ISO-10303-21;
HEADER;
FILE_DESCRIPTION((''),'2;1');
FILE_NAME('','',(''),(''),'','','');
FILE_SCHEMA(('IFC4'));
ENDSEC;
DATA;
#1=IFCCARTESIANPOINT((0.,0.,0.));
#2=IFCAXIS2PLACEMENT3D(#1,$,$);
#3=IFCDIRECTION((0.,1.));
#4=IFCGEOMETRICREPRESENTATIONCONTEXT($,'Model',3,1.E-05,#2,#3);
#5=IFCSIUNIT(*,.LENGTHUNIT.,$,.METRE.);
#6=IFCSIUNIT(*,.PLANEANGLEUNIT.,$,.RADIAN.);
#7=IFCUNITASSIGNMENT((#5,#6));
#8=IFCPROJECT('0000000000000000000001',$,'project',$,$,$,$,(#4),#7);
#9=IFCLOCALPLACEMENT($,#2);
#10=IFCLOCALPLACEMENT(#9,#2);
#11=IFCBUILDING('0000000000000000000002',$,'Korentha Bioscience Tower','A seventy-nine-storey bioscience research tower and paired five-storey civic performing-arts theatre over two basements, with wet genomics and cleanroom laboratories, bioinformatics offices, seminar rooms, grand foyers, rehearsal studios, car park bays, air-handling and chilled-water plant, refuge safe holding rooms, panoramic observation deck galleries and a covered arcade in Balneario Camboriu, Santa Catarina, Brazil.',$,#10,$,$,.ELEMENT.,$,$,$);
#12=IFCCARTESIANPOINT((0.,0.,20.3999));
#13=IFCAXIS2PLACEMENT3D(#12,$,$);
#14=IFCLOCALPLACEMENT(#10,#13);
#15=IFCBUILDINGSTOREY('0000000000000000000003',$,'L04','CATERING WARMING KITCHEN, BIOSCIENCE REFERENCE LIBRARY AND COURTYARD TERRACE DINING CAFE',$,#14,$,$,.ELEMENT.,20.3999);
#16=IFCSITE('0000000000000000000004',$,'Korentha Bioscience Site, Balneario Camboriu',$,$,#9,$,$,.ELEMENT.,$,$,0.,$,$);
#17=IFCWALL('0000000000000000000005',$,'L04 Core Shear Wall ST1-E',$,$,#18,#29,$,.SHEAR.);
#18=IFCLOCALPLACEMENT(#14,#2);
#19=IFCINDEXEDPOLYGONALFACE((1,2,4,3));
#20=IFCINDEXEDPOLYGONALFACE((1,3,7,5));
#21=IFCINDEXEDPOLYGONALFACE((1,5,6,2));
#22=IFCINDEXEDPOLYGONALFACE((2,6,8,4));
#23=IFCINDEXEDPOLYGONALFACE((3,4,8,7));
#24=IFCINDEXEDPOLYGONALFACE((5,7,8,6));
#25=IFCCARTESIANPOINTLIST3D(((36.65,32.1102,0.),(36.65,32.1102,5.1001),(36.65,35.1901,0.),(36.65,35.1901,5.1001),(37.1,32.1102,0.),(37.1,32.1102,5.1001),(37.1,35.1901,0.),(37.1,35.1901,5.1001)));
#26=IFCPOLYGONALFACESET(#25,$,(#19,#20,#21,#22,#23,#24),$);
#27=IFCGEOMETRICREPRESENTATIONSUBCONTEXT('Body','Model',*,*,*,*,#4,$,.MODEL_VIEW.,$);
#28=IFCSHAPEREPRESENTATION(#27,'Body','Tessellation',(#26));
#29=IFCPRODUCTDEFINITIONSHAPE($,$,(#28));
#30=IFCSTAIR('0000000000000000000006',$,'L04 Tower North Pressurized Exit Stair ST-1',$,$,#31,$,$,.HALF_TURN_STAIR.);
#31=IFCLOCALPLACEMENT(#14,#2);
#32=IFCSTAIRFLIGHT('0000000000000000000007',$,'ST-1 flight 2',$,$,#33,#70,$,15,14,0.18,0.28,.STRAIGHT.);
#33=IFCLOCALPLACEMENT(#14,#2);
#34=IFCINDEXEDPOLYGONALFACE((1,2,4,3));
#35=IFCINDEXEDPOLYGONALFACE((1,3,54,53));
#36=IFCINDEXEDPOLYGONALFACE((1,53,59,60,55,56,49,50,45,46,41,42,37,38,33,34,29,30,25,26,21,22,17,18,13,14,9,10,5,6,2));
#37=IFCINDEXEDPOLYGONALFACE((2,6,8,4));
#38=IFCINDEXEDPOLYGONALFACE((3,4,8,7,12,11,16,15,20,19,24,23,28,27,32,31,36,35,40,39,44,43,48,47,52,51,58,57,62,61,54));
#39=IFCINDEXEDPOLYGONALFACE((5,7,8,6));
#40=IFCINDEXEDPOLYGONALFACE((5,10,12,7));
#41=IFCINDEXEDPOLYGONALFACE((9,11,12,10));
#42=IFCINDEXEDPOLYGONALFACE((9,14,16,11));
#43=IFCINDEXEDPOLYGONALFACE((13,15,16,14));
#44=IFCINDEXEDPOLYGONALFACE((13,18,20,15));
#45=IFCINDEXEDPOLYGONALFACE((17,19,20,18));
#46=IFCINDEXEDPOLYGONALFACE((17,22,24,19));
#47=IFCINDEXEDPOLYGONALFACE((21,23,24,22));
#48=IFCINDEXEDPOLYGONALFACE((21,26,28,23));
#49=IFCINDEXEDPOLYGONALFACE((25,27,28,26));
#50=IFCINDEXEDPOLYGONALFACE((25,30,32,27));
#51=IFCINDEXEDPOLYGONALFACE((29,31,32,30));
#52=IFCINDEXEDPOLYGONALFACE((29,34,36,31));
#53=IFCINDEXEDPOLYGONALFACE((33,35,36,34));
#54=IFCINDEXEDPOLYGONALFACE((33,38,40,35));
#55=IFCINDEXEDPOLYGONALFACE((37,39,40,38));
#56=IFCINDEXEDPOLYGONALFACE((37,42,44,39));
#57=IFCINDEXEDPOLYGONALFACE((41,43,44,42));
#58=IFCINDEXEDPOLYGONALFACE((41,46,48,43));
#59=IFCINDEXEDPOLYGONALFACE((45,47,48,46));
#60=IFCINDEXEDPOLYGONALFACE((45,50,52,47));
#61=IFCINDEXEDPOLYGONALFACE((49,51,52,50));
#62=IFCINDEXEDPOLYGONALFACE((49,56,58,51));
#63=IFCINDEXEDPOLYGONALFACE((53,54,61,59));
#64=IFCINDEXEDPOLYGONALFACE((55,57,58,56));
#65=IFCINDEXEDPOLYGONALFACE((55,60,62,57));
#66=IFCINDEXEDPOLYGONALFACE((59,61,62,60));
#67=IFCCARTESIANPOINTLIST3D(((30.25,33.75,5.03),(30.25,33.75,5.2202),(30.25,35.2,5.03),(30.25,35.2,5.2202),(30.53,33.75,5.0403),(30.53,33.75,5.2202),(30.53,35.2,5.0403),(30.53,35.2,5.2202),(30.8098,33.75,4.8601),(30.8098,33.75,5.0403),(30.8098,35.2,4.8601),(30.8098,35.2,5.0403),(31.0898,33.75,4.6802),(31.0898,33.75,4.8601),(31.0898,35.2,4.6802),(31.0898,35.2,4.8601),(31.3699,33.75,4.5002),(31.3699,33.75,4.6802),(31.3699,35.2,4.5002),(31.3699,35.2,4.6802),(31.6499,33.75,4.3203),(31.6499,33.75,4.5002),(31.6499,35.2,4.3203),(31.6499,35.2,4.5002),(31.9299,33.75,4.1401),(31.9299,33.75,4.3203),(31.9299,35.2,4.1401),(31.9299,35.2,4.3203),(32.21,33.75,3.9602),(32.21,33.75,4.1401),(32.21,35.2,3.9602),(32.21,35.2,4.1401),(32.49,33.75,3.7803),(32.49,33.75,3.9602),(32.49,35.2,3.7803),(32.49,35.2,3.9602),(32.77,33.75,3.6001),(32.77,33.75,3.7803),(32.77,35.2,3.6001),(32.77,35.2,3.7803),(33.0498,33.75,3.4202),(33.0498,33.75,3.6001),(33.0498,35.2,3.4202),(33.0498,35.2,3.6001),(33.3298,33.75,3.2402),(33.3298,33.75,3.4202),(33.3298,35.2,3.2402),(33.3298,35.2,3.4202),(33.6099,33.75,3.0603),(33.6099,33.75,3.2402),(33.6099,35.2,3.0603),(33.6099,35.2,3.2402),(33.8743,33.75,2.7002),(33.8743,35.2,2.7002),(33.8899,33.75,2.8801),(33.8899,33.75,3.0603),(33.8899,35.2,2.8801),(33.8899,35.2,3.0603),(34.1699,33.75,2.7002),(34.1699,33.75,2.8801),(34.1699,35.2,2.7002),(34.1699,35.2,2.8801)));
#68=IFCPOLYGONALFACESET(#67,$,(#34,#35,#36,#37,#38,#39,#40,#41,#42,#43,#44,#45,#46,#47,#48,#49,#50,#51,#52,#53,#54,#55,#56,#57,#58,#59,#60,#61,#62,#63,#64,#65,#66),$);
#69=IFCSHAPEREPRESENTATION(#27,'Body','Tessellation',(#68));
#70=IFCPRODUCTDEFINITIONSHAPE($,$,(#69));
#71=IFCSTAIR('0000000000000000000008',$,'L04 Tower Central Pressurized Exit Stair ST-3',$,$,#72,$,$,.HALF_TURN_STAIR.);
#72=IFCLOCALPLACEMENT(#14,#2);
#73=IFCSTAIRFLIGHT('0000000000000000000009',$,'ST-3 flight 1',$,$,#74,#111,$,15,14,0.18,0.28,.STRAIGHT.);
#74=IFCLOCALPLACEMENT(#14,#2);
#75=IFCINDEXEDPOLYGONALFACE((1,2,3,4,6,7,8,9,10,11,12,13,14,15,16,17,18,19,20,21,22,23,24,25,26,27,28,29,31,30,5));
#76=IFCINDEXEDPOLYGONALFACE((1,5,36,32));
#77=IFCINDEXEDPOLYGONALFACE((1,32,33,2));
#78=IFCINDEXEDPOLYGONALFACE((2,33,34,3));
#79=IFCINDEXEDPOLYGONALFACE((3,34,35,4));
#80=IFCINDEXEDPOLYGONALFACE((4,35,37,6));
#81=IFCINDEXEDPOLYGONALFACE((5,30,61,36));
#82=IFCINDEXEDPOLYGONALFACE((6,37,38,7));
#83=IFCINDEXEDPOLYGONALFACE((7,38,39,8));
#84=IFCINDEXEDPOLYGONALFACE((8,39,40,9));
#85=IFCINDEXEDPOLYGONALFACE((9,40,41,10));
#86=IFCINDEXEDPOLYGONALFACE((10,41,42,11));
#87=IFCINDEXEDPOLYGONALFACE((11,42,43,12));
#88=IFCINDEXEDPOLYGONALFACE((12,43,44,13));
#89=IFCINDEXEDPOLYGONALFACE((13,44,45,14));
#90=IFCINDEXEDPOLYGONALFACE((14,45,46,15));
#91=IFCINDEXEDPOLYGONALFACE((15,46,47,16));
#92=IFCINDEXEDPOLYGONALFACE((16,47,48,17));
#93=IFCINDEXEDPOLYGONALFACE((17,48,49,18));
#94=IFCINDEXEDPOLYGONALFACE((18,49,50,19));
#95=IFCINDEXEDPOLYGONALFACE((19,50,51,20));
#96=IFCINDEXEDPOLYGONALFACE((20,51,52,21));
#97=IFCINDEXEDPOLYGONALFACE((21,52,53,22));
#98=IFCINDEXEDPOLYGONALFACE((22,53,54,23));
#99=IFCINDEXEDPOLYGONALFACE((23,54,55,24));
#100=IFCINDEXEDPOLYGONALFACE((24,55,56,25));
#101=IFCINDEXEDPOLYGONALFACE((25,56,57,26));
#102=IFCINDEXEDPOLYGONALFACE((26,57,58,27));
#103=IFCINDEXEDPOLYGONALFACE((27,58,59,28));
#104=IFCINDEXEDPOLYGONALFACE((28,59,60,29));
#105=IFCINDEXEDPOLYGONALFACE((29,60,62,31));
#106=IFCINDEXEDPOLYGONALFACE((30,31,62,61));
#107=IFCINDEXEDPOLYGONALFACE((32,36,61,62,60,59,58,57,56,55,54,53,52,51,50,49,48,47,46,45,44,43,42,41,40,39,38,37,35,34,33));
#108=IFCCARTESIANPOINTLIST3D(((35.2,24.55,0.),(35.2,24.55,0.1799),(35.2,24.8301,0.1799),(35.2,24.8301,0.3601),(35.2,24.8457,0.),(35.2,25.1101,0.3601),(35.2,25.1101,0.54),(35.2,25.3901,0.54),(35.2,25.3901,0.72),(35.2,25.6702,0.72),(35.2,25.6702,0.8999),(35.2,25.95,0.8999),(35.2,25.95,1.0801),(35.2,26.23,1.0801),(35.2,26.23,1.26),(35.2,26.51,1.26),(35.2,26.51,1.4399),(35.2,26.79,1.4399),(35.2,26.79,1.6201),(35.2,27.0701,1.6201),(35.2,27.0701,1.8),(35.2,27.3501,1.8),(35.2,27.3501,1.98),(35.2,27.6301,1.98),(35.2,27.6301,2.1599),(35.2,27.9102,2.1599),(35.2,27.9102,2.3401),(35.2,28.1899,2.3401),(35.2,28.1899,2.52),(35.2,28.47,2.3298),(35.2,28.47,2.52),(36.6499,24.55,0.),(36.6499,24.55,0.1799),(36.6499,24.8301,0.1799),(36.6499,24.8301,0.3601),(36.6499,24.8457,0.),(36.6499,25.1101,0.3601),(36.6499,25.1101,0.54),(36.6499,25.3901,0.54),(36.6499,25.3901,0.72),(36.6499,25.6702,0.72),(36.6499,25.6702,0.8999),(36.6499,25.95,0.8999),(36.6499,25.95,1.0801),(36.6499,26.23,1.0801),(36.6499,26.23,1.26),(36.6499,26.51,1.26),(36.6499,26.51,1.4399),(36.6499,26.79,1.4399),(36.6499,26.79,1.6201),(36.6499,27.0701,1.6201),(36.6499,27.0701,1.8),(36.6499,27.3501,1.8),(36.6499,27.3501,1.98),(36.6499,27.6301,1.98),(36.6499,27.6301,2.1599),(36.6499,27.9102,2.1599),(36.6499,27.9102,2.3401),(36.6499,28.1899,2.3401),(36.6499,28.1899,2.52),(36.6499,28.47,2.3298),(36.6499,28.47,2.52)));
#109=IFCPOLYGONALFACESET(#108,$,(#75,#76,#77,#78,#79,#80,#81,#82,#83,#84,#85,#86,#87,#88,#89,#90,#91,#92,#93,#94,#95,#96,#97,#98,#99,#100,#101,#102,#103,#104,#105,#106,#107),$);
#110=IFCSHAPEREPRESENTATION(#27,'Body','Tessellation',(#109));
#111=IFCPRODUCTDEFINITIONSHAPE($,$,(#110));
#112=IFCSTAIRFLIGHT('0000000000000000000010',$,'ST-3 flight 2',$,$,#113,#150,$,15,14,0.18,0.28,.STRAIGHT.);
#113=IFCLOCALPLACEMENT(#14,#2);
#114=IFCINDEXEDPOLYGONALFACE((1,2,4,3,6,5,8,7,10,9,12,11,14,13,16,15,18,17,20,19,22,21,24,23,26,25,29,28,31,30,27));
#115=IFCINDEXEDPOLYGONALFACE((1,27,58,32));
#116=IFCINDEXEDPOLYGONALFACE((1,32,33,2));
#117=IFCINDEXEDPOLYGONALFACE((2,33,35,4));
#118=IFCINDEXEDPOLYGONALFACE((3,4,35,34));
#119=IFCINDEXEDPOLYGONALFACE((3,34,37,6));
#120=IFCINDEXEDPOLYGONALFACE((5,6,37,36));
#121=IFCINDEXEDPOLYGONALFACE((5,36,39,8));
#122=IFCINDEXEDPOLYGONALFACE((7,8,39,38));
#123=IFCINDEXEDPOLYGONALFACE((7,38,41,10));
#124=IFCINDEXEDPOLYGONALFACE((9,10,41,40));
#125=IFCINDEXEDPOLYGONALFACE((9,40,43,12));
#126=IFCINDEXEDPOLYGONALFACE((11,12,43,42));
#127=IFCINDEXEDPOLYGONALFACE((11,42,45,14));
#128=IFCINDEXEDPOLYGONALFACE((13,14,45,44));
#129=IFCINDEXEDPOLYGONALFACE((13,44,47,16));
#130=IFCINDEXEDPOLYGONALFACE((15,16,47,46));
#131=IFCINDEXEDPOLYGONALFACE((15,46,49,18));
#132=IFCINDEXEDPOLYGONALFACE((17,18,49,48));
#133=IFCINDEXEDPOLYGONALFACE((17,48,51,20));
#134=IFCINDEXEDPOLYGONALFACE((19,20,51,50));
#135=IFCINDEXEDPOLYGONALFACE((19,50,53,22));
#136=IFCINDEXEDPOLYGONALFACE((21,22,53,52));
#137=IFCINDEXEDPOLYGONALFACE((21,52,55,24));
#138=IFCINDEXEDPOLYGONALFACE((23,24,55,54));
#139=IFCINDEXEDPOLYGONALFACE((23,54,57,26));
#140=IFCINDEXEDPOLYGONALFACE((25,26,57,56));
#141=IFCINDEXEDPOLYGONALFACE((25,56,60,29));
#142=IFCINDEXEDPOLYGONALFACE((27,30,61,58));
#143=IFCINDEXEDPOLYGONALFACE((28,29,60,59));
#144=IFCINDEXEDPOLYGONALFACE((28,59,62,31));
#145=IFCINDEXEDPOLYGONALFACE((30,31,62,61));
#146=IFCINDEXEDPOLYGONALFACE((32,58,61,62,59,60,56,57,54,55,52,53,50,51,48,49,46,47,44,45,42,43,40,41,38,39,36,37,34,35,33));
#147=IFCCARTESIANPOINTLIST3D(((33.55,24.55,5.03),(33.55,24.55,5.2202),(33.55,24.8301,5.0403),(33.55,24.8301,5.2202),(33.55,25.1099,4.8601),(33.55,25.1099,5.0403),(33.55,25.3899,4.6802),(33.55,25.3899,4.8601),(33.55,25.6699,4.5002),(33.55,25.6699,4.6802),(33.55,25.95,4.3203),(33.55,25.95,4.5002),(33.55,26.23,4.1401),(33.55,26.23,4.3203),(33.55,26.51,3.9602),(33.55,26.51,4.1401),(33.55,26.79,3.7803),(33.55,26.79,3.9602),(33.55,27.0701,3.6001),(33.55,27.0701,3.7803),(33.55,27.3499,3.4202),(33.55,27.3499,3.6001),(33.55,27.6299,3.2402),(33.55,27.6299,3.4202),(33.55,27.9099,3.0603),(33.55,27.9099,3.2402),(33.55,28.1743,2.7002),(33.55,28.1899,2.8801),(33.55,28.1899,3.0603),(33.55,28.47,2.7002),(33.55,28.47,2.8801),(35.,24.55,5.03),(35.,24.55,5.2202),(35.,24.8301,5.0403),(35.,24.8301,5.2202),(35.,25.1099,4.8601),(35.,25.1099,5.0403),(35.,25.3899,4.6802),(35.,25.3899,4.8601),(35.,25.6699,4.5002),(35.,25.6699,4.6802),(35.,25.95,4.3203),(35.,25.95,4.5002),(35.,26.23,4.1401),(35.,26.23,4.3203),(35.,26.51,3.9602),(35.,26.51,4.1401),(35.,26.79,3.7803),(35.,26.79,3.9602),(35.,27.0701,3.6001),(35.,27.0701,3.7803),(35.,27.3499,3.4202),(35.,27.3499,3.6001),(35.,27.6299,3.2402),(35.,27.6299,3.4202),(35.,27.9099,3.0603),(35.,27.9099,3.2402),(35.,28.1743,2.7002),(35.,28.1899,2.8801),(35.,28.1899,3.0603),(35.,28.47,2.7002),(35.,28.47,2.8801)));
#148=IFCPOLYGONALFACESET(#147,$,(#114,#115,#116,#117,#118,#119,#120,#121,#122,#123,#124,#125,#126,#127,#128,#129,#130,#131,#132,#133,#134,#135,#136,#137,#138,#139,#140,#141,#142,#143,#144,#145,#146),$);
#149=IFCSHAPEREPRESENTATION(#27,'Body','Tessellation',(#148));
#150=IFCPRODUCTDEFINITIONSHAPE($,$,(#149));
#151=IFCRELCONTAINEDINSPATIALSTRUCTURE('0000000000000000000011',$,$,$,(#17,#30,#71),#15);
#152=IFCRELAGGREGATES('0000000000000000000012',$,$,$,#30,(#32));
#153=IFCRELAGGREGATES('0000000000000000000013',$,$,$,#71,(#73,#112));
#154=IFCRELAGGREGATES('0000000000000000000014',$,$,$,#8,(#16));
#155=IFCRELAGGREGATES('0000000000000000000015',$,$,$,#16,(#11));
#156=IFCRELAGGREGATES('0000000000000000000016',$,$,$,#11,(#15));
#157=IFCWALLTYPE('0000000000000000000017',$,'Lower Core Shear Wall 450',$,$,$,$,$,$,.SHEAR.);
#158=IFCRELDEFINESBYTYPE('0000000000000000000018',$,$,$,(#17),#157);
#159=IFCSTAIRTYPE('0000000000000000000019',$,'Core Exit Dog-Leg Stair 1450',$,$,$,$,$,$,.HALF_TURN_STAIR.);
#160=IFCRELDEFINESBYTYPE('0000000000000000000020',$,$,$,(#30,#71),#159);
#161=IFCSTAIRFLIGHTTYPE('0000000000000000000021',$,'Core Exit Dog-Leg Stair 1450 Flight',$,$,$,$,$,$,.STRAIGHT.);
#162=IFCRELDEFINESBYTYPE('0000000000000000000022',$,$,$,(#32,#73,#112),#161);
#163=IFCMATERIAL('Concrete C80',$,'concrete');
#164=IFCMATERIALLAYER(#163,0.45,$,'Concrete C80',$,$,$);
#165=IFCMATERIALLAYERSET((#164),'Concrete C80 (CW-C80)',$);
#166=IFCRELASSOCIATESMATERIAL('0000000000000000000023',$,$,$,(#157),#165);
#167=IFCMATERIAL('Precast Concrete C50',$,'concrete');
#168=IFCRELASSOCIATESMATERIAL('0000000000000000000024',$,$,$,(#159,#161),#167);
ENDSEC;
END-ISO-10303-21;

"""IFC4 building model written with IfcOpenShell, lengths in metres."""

from ifc_helpers import new_model, si_unit, direction, frame, frame_2d, origin, place, context, subcontext, project, spatial, polyline, rectangle, outline, extrude, material, layer, layer_set, type_object, element, aggregate, save


model = new_model("IFC4")

# Units and contexts
model_context = context("Model", 3, precision=1e-05, world=origin(), true_north=direction((0.0, 1.0)))
body_context = subcontext(model_context, "Body", "Model", "MODEL_VIEW")
ifc_project = project(units=[si_unit("LENGTHUNIT", "METRE"), si_unit("PLANEANGLEUNIT", "RADIAN")], contexts=[model_context])

# Site, building, storey
site_placement = place(None, origin())
site = spatial("IfcSite", under=ifc_project, at=site_placement, Name="Korentha Bioscience Site, Balneario Camboriu", CompositionType="ELEMENT", RefElevation=0.0)
building_placement = place(site_placement, origin())
building = spatial("IfcBuilding", under=site, at=building_placement, Name="Korentha Bioscience Tower", Description="A seventy-nine-storey bioscience research tower and paired five-storey civic performing-arts theatre over two basements, with wet genomics and cleanroom laboratories, bioinformatics offices, seminar rooms, grand foyers, rehearsal studios, car park bays, air-handling and chilled-water plant, refuge safe holding rooms, panoramic observation deck galleries and a covered arcade in Balneario Camboriu, Santa Catarina, Brazil.", CompositionType="ELEMENT")
storey_placement = place(building_placement, frame((0.0, 0.0, 20.3999)))
storey = spatial("IfcBuildingStorey", under=building, at=storey_placement, Name="L04", Description="CATERING WARMING KITCHEN, BIOSCIENCE REFERENCE LIBRARY AND COURTYARD TERRACE DINING CAFE", CompositionType="ELEMENT", Elevation=20.3999)

# Wall
ifc_material_1 = material(Name="Concrete C80", Category="concrete")
ifc_layer = layer(ifc_material_1, 0.45, Name="Concrete C80")
ifc_layer_set = layer_set([ifc_layer], Name="Concrete C80 (CW-C80)")
wall_type = type_object("IfcWallType", Name="Lower Core Shear Wall 450", PredefinedType="SHEAR", material=ifc_layer_set)
wall_placement = place(storey_placement, frame((36.875, 32.1101, 0.0), z_axis=(0.0, 0.0, 1.0), x_axis=(0.0, 1.0, 0.0)))
element("IfcWall", 1, at=wall_placement, inside=storey, type_object=wall_type, Name="L04 Core Shear Wall ST1-E", PredefinedType="SHEAR", context=body_context, shape_type="SweptSolid", body=[
    extrude(rectangle(XDim=3.0798, YDim=0.45, at=frame_2d((1.54, 0.0))), origin(), (0.0, 0.0, 1.0), 5.1001),
])

# Stair, stair flight
ifc_material_2 = material(Name="Precast Concrete C50", Category="concrete")
stair_type = type_object("IfcStairType", Name="Core Exit Dog-Leg Stair 1450", PredefinedType="HALF_TURN_STAIR", material=ifc_material_2)
stair_1_placement = place(storey_placement, origin())
stair_1 = element("IfcStair", 2, at=stair_1_placement, inside=storey, type_object=stair_type, Name="L04 Tower North Pressurized Exit Stair ST-1", PredefinedType="HALF_TURN_STAIR")
stair_flight_type = type_object("IfcStairFlightType", Name="Core Exit Dog-Leg Stair 1450 Flight", PredefinedType="STRAIGHT", material=ifc_material_2)
stair_flight_1_placement = place(storey_placement, frame((34.1699, 34.4751, 2.7002), z_axis=(0.0, 0.0, 1.0), x_axis=(-1.0, 0.0, 0.0)))
stair_flight_1 = element("IfcStairFlight", 3, at=stair_flight_1_placement, type_object=stair_flight_type, Name="ST-1 flight 2", NumberOfRisers=15, NumberOfTreads=14, PredefinedType="STRAIGHT", RiserHeight=0.18, TreadLength=0.28, context=body_context, shape_type="SweptSolid", body=[
    extrude(outline(polyline([(0.0, 0.0), (0.0, 0.1799), (0.28, 0.1799), (0.28, 0.3601), (0.5601, 0.3601), (0.5601, 0.54), (0.8401, 0.54), (0.8401, 0.72), (1.1201, 0.72), (1.1201, 0.8999), (1.3999, 0.8999), (1.3999, 1.0801), (1.6799, 1.0801), (1.6799, 1.26), (1.96, 1.26), (1.96, 1.4399), (2.24, 1.4399), (2.24, 1.6201), (2.52, 1.6201), (2.52, 1.8), (2.8, 1.8), (2.8, 1.98), (3.0801, 1.98), (3.0801, 2.1599), (3.3601, 2.1599), (3.3601, 2.3401), (3.6399, 2.3401), (3.6399, 2.52), (3.9199, 2.52), (3.9199, 2.7), (3.9199, 2.3298), (0.2957, 0.0), (0.0, 0.0)])), frame((0.0, 0.7251, 0.0), z_axis=(0.0, -1.0, 0.0), x_axis=(1.0, 0.0, 0.0)), (0.0, 0.0, 1.0), 1.45),
])
aggregate(stair_1, [stair_flight_1])

# Stair, stair flights
stair_2_placement = place(storey_placement, origin())
stair_2 = element("IfcStair", 4, at=stair_2_placement, inside=storey, type_object=stair_type, Name="L04 Tower Central Pressurized Exit Stair ST-3", PredefinedType="HALF_TURN_STAIR")
stair_flight_2_placement = place(storey_placement, frame((35.925, 24.55, 0.0), z_axis=(0.0, 0.0, 1.0), x_axis=(0.0, 1.0, 0.0)))
stair_flight_2 = element("IfcStairFlight", 5, at=stair_flight_2_placement, type_object=stair_flight_type, Name="ST-3 flight 1", NumberOfRisers=15, NumberOfTreads=14, PredefinedType="STRAIGHT", RiserHeight=0.18, TreadLength=0.28, context=body_context, shape_type="SweptSolid", body=[
    extrude(outline(polyline([(0.0, 0.0), (0.0, 0.1799), (0.28, 0.1799), (0.28, 0.3601), (0.5601, 0.3601), (0.5601, 0.54), (0.8401, 0.54), (0.8401, 0.72), (1.1201, 0.72), (1.1201, 0.8999), (1.3999, 0.8999), (1.3999, 1.0801), (1.6799, 1.0801), (1.6799, 1.26), (1.96, 1.26), (1.96, 1.4399), (2.24, 1.4399), (2.24, 1.6201), (2.52, 1.6201), (2.52, 1.8), (2.8, 1.8), (2.8, 1.98), (3.0801, 1.98), (3.0801, 2.1599), (3.3601, 2.1599), (3.3601, 2.3401), (3.6399, 2.3401), (3.6399, 2.52), (3.9199, 2.52), (3.9199, 2.7), (3.9199, 2.3298), (0.2957, 0.0), (0.0, 0.0)])), frame((0.0, 0.7251, 0.0), z_axis=(0.0, -1.0, 0.0), x_axis=(1.0, 0.0, 0.0)), (0.0, 0.0, 1.0), 1.45),
])
stair_flight_3_placement = place(storey_placement, frame((34.2749, 28.47, 2.7002), z_axis=(0.0, 0.0, 1.0), x_axis=(0.0, -1.0, 0.0)))
stair_flight_3 = element("IfcStairFlight", 6, at=stair_flight_3_placement, type_object=stair_flight_type, Name="ST-3 flight 2", NumberOfRisers=15, NumberOfTreads=14, PredefinedType="STRAIGHT", RiserHeight=0.18, TreadLength=0.28, context=body_context, shape_type="SweptSolid", body=[
    extrude(outline(polyline([(0.0, 0.0), (0.0, 0.1799), (0.28, 0.1799), (0.28, 0.3601), (0.5601, 0.3601), (0.5601, 0.54), (0.8401, 0.54), (0.8401, 0.72), (1.1201, 0.72), (1.1201, 0.8999), (1.3999, 0.8999), (1.3999, 1.0801), (1.6799, 1.0801), (1.6799, 1.26), (1.96, 1.26), (1.96, 1.4399), (2.24, 1.4399), (2.24, 1.6201), (2.52, 1.6201), (2.52, 1.8), (2.8, 1.8), (2.8, 1.98), (3.0801, 1.98), (3.0801, 2.1599), (3.3601, 2.1599), (3.3601, 2.3401), (3.6399, 2.3401), (3.6399, 2.52), (3.9199, 2.52), (3.9199, 2.7), (3.9199, 2.3298), (0.2957, 0.0), (0.0, 0.0)])), frame((0.0, 0.7251, 0.0), z_axis=(0.0, -1.0, 0.0), x_axis=(1.0, 0.0, 0.0)), (0.0, 0.0, 1.0), 1.45),
])
aggregate(stair_2, [stair_flight_2, stair_flight_3])

save(model, "model.ifc")
